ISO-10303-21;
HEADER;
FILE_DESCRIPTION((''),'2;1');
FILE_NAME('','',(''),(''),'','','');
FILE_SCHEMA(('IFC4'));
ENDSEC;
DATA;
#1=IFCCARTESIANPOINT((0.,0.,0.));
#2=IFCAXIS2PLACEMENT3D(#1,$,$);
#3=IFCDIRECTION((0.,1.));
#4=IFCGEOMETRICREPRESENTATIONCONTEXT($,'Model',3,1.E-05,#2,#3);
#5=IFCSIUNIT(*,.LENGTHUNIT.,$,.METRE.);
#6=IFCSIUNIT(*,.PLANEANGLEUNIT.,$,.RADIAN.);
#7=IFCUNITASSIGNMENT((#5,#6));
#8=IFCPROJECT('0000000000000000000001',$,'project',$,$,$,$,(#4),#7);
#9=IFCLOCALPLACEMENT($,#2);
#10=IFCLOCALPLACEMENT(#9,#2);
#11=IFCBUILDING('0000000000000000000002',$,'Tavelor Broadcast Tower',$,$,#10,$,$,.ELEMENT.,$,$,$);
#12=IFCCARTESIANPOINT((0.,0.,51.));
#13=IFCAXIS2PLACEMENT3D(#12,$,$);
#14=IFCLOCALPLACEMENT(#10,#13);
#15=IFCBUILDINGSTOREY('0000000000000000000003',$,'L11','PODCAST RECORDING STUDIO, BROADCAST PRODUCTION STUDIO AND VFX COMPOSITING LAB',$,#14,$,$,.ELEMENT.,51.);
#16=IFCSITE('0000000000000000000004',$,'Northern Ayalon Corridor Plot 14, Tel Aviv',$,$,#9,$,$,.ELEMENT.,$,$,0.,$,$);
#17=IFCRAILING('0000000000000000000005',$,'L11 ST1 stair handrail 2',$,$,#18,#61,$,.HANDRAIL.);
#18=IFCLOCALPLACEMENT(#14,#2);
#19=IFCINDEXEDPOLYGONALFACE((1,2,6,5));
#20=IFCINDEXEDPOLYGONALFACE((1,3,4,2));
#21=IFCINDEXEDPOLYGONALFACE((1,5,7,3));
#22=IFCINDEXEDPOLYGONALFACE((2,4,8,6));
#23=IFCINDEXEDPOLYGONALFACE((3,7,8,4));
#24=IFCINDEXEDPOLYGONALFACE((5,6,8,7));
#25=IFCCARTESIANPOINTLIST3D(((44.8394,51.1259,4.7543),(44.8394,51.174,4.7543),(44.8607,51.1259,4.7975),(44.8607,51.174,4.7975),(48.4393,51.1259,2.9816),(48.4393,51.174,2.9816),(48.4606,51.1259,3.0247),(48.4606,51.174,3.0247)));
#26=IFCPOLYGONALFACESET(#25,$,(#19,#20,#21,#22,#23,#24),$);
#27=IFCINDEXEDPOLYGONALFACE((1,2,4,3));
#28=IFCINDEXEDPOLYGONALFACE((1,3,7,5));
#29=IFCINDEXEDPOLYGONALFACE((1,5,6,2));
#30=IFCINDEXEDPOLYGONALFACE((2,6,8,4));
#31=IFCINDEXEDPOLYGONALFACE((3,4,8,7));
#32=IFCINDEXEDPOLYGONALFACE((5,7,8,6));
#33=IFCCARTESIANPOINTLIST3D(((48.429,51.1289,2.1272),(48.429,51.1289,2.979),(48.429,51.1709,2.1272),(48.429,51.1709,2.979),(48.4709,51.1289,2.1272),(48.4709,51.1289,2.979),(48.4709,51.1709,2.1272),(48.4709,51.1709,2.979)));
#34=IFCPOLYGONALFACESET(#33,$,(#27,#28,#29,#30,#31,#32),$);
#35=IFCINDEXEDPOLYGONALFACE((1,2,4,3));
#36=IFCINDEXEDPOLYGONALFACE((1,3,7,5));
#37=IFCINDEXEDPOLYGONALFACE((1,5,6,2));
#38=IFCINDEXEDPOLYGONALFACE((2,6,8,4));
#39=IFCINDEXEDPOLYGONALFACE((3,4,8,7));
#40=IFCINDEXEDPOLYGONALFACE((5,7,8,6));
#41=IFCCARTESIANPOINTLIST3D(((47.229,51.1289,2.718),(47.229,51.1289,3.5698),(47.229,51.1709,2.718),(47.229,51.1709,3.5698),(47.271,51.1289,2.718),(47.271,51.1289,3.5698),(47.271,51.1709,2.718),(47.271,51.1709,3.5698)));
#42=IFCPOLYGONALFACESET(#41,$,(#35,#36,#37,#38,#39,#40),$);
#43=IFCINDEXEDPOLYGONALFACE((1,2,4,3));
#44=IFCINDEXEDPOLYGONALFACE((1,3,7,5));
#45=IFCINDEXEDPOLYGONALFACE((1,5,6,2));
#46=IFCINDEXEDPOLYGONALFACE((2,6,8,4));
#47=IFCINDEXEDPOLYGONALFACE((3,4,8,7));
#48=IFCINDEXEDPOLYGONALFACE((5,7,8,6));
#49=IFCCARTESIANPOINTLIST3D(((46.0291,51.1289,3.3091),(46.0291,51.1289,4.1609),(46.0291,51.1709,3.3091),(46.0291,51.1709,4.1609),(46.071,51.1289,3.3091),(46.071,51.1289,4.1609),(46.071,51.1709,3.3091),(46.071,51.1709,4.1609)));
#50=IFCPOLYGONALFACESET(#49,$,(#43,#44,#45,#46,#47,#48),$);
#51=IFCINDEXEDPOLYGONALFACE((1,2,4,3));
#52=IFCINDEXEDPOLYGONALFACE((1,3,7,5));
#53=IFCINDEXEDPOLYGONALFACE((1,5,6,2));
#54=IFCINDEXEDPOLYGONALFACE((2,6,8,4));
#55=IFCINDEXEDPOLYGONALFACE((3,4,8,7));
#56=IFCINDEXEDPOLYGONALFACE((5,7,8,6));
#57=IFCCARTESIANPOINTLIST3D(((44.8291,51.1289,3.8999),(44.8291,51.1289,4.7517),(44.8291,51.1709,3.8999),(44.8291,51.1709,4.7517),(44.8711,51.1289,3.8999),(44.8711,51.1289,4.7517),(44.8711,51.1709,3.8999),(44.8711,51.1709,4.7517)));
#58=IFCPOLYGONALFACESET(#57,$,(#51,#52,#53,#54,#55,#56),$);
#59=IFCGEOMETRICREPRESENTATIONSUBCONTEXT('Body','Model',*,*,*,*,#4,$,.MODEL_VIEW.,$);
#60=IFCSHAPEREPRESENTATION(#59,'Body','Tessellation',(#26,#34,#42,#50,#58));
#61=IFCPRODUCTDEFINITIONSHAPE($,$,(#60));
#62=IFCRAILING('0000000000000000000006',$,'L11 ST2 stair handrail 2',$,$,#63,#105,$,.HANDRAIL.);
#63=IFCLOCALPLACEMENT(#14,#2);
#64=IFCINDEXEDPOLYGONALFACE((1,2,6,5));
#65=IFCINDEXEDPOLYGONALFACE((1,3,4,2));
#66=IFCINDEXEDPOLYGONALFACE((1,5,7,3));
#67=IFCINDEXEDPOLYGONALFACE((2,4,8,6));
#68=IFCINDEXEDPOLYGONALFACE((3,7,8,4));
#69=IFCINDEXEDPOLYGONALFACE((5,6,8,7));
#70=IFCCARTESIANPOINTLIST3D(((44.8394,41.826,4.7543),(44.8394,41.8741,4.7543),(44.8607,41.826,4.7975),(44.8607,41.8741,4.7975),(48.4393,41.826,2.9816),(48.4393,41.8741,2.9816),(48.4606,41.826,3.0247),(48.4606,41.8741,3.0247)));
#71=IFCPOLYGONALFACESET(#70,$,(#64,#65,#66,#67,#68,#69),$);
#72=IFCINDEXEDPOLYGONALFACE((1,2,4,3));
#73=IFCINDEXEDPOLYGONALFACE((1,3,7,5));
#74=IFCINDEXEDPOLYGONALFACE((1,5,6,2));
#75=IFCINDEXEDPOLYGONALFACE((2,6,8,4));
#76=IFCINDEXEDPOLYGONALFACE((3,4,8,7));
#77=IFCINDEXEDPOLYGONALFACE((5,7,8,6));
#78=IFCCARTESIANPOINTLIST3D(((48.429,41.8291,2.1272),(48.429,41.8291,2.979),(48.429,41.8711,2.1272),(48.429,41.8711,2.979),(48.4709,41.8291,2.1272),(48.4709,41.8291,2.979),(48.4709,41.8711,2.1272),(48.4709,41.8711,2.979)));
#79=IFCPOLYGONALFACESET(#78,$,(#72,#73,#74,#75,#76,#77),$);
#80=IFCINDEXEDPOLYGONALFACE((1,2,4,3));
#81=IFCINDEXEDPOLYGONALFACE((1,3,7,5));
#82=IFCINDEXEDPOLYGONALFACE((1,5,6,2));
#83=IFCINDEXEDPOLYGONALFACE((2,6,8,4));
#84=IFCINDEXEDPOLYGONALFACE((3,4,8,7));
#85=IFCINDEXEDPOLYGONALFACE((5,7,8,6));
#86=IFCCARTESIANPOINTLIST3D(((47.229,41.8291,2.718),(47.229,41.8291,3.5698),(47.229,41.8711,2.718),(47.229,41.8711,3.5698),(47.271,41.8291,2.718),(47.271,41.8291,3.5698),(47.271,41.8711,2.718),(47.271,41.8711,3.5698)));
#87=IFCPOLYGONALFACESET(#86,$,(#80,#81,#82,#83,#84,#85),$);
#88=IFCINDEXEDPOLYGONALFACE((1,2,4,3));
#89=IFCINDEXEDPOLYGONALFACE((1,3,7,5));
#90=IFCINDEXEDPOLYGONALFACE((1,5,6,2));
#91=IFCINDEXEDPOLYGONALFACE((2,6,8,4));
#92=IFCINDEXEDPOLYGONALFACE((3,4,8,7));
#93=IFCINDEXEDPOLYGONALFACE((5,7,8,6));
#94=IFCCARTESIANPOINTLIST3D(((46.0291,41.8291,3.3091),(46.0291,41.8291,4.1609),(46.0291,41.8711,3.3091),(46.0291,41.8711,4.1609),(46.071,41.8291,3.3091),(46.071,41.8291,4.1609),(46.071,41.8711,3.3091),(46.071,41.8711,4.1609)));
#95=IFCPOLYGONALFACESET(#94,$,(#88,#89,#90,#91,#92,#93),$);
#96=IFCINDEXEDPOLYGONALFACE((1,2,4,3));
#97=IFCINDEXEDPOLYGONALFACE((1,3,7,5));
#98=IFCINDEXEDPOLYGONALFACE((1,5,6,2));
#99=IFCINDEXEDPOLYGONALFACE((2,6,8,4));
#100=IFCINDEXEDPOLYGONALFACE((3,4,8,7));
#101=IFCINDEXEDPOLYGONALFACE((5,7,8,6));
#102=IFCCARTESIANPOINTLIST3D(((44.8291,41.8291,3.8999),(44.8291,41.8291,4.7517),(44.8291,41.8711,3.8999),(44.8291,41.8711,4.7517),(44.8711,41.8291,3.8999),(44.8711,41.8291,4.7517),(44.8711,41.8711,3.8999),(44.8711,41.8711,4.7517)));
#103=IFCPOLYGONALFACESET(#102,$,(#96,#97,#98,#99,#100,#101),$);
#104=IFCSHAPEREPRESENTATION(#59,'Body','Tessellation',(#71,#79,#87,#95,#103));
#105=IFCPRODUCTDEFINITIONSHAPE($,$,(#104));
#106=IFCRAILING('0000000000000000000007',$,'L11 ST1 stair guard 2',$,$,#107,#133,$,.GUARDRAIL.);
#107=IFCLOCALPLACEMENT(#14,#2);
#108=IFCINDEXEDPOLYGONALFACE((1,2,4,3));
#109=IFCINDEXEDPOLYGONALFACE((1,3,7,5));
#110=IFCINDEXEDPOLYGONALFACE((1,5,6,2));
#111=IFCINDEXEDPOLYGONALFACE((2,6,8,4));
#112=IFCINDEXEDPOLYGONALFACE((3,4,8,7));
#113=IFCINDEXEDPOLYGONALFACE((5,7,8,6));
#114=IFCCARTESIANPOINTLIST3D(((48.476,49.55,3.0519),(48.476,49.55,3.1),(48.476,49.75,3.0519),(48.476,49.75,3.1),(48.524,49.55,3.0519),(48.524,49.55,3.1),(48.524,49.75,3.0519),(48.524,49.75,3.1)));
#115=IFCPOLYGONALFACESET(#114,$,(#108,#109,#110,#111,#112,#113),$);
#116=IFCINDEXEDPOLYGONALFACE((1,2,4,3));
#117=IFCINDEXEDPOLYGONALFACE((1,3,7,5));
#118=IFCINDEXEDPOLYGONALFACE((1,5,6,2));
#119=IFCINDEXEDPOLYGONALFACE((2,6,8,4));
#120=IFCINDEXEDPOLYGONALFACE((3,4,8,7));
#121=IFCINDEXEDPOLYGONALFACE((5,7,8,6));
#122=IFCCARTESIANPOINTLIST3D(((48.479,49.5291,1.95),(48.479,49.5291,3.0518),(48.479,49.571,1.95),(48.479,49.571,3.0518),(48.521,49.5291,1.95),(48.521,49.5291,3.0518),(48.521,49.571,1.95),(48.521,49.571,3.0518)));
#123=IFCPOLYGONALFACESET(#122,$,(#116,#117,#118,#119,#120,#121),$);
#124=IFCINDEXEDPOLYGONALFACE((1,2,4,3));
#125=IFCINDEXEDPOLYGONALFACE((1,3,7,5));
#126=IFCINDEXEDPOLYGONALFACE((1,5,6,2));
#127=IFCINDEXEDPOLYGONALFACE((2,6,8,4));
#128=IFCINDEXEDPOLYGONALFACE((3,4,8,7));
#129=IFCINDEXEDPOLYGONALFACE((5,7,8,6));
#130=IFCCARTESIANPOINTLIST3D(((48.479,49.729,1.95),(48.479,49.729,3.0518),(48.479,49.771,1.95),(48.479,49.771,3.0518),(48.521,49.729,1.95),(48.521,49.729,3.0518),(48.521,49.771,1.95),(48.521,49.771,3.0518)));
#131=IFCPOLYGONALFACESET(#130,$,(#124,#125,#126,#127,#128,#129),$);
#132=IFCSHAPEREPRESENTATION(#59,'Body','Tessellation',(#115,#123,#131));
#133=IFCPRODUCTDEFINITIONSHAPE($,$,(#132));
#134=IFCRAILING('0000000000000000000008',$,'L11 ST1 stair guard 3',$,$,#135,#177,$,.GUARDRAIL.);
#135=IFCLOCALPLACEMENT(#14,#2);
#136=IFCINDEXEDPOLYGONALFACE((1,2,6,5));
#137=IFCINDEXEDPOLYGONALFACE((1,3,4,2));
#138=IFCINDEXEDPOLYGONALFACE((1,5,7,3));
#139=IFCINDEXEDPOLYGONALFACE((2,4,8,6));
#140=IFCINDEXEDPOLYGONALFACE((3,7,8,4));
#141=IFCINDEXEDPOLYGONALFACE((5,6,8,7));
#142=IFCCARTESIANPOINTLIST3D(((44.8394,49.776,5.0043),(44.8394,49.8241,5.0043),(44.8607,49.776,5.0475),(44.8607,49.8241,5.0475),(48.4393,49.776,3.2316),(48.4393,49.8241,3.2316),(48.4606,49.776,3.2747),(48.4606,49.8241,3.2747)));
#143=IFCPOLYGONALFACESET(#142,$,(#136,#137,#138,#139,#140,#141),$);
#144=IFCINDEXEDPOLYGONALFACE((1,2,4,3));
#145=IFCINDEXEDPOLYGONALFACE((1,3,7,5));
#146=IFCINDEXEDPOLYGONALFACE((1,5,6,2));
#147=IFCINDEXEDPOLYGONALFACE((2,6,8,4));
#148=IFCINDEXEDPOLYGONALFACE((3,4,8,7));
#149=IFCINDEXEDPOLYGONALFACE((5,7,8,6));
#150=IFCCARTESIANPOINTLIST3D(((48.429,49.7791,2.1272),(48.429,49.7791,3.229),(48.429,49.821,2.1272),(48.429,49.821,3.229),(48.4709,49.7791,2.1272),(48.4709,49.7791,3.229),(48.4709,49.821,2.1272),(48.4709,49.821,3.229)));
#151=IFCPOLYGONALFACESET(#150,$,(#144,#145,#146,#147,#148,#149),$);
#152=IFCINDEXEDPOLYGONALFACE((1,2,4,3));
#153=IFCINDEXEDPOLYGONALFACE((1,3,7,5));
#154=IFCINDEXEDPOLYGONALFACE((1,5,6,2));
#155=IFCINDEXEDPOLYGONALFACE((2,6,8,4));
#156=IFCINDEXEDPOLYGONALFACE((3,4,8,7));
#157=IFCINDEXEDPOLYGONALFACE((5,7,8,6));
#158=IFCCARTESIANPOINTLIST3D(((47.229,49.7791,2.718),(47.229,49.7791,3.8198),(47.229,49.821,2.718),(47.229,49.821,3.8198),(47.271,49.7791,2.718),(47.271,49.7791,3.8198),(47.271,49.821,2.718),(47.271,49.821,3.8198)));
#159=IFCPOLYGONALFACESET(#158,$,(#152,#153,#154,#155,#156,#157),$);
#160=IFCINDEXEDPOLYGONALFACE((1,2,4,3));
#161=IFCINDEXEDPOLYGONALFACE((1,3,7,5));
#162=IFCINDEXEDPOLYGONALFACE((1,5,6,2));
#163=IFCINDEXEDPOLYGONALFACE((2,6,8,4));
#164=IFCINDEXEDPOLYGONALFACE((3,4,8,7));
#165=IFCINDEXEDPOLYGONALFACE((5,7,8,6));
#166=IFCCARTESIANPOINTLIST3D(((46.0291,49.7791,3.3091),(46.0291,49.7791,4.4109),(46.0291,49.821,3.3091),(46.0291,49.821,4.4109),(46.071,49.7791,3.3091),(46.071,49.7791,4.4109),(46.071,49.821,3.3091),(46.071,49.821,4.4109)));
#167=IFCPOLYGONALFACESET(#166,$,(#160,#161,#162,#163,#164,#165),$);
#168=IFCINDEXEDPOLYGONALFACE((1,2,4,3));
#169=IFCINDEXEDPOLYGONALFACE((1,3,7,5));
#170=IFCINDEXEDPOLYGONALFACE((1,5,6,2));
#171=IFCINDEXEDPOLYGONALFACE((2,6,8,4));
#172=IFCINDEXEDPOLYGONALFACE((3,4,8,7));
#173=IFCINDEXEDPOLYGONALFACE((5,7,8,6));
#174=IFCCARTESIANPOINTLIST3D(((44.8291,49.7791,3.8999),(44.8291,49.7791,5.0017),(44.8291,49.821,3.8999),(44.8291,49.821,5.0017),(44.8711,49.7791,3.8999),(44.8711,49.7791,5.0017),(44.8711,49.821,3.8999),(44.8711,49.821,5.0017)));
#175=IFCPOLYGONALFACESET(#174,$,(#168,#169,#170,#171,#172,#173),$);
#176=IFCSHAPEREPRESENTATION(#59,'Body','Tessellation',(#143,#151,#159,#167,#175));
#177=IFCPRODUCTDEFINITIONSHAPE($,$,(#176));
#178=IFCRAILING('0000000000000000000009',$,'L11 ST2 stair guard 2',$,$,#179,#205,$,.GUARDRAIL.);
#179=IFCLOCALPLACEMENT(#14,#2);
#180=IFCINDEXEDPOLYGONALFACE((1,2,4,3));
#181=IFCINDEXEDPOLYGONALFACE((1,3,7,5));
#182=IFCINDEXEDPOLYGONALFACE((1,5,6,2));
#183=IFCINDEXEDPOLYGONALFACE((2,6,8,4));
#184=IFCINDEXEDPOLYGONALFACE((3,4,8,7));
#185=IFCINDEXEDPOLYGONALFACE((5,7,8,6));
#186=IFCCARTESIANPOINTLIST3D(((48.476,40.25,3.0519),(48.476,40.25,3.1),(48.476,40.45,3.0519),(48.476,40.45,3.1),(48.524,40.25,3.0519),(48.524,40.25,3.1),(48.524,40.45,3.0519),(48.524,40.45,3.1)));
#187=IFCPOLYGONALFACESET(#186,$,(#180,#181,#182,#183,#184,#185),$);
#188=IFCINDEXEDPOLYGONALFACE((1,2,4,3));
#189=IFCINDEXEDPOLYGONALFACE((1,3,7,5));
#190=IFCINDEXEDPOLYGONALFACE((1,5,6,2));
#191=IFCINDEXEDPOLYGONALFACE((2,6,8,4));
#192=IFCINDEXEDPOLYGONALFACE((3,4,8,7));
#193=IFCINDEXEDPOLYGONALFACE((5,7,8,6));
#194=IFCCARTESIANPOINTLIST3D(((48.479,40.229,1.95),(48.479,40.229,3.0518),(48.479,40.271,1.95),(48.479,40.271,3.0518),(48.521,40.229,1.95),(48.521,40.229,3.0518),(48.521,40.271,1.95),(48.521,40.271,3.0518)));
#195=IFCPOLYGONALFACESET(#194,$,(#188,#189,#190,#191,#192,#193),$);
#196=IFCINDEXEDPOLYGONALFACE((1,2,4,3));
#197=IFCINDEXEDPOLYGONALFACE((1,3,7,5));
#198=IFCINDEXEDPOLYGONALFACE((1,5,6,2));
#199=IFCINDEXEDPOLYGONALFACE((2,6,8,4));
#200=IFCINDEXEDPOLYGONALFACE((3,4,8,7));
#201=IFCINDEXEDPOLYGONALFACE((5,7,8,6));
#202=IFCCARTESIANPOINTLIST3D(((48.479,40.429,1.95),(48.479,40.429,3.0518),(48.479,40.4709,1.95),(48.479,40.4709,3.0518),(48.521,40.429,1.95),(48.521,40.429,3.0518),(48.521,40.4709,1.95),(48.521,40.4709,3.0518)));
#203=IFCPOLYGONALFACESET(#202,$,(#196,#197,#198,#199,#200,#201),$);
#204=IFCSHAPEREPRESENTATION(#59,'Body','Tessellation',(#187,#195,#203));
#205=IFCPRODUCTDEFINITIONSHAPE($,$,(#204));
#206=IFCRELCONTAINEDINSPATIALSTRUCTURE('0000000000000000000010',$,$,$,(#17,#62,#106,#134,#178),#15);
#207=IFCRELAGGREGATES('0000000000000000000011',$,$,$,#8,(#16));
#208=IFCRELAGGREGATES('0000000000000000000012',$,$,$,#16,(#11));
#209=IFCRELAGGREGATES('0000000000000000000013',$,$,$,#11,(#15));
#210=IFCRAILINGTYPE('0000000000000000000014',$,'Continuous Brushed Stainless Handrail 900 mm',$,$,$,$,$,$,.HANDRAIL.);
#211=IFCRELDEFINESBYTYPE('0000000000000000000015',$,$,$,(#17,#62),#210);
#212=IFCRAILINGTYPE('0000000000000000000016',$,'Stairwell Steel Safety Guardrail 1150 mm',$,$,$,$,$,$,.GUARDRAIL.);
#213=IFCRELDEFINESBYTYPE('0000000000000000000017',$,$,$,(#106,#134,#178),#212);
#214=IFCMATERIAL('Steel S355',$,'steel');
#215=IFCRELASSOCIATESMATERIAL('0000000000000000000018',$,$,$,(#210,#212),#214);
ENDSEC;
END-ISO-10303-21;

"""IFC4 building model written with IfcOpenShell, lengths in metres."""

from ifc_helpers import new_model, si_unit, direction, frame, origin, origin_2d, place, context, subcontext, project, spatial, rectangle, extrude, material, type_object, element, save


model = new_model("IFC4")

# Units and contexts
model_context = context("Model", 3, precision=1e-05, world=origin(), true_north=direction((0.0, 1.0)))
body_context = subcontext(model_context, "Body", "Model", "MODEL_VIEW")
ifc_project = project(units=[si_unit("LENGTHUNIT", "METRE"), si_unit("PLANEANGLEUNIT", "RADIAN")], contexts=[model_context])

# Site, building, storey
site_placement = place(None, origin())
site = spatial("IfcSite", under=ifc_project, at=site_placement, Name="Northern Ayalon Corridor Plot 14, Tel Aviv", CompositionType="ELEMENT", RefElevation=0.0)
building_placement = place(site_placement, origin())
building = spatial("IfcBuilding", under=site, at=building_placement, Name="Tavelor Broadcast Tower", CompositionType="ELEMENT")
storey_placement = place(building_placement, frame((0.0, 0.0, 51.0)))
storey = spatial("IfcBuildingStorey", under=building, at=storey_placement, Name="L11", Description="PODCAST RECORDING STUDIO, BROADCAST PRODUCTION STUDIO AND VFX COMPOSITING LAB", CompositionType="ELEMENT", Elevation=51.0)

# Shared definitions
ifc_material_1 = material(Name="Steel S355", Category="steel")

# Railings
railing_type_1 = type_object("IfcRailingType", Name="Continuous Brushed Stainless Handrail 900 mm", PredefinedType="HANDRAIL", material=ifc_material_1)
for number, where, name in (
    (1, (48.45, 51.1499, 2.1272), "L11 ST1 stair handrail 2"),
    (2, (48.45, 41.8501, 2.1272), "L11 ST2 stair handrail 2"),
):
    element("IfcRailing", number, at=place(storey_placement, frame(where)), inside=storey, type_object=railing_type_1, Name=name, PredefinedType="HANDRAIL", context=body_context, shape_type="SweptSolid", body=[
        extrude(rectangle(XDim=0.0481, YDim=0.0481, at=origin_2d()), frame((0.0, 0.0, 0.876), z_axis=(-0.897124, 0.0, 0.441778), x_axis=(0.0, -1.0, 0.0)), (0.0, 0.0, 1.0), 4.0127),
        extrude(rectangle(XDim=0.042, YDim=0.042, at=origin_2d()), origin(), (0.0, 0.0, 1.0), 0.8518),
        extrude(rectangle(XDim=0.042, YDim=0.042, at=origin_2d()), frame((-1.2, 0.0, 0.5908)), (0.0, 0.0, 1.0), 0.8518),
        extrude(rectangle(XDim=0.042, YDim=0.042, at=origin_2d()), frame((-2.3999, 0.0, 1.1819)), (0.0, 0.0, 1.0), 0.8518),
        extrude(rectangle(XDim=0.042, YDim=0.042, at=origin_2d()), frame((-3.5999, 0.0, 1.7727)), (0.0, 0.0, 1.0), 0.8518),
    ])
railing_type_2 = type_object("IfcRailingType", Name="Stairwell Steel Safety Guardrail 1150 mm", PredefinedType="GUARDRAIL", material=ifc_material_1)
railing_1_placement = place(storey_placement, frame((48.5, 49.55, 1.95)))
element("IfcRailing", 3, at=railing_1_placement, inside=storey, type_object=railing_type_2, Name="L11 ST1 stair guard 2", PredefinedType="GUARDRAIL", context=body_context, shape_type="SweptSolid", body=[
    extrude(rectangle(XDim=0.0481, YDim=0.0481, at=origin_2d()), frame((0.0, 0.0, 1.126), z_axis=(0.0, 1.0, 0.0), x_axis=(-1.0, 0.0, 0.0)), (0.0, 0.0, 1.0), 0.2),
    extrude(rectangle(XDim=0.042, YDim=0.042, at=origin_2d()), origin(), (0.0, 0.0, 1.0), 1.1018),
    extrude(rectangle(XDim=0.042, YDim=0.042, at=origin_2d()), frame((0.0, 0.2, 0.0)), (0.0, 0.0, 1.0), 1.1018),
])
railing_2_placement = place(storey_placement, frame((48.45, 49.8, 2.1272)))
element("IfcRailing", 4, at=railing_2_placement, inside=storey, type_object=railing_type_2, Name="L11 ST1 stair guard 3", PredefinedType="GUARDRAIL", context=body_context, shape_type="SweptSolid", body=[
    extrude(rectangle(XDim=0.0481, YDim=0.0481, at=origin_2d()), frame((0.0, 0.0, 1.126), z_axis=(-0.897124, 0.0, 0.441778), x_axis=(0.0, -1.0, 0.0)), (0.0, 0.0, 1.0), 4.0127),
    extrude(rectangle(XDim=0.042, YDim=0.042, at=origin_2d()), origin(), (0.0, 0.0, 1.0), 1.1018),
    extrude(rectangle(XDim=0.042, YDim=0.042, at=origin_2d()), frame((-1.2, 0.0, 0.5908)), (0.0, 0.0, 1.0), 1.1018),
    extrude(rectangle(XDim=0.042, YDim=0.042, at=origin_2d()), frame((-2.3999, 0.0, 1.1819)), (0.0, 0.0, 1.0), 1.1018),
    extrude(rectangle(XDim=0.042, YDim=0.042, at=origin_2d()), frame((-3.5999, 0.0, 1.7727)), (0.0, 0.0, 1.0), 1.1018),
])
railing_3_placement = place(storey_placement, frame((48.5, 40.25, 1.95)))
element("IfcRailing", 5, at=railing_3_placement, inside=storey, type_object=railing_type_2, Name="L11 ST2 stair guard 2", PredefinedType="GUARDRAIL", context=body_context, shape_type="SweptSolid", body=[
    extrude(rectangle(XDim=0.0481, YDim=0.0481, at=origin_2d()), frame((0.0, 0.0, 1.126), z_axis=(0.0, 1.0, 0.0), x_axis=(-1.0, 0.0, 0.0)), (0.0, 0.0, 1.0), 0.2),
    extrude(rectangle(XDim=0.042, YDim=0.042, at=origin_2d()), origin(), (0.0, 0.0, 1.0), 1.1018),
    extrude(rectangle(XDim=0.042, YDim=0.042, at=origin_2d()), frame((0.0, 0.2, 0.0)), (0.0, 0.0, 1.0), 1.1018),
])

save(model, "model.ifc")
